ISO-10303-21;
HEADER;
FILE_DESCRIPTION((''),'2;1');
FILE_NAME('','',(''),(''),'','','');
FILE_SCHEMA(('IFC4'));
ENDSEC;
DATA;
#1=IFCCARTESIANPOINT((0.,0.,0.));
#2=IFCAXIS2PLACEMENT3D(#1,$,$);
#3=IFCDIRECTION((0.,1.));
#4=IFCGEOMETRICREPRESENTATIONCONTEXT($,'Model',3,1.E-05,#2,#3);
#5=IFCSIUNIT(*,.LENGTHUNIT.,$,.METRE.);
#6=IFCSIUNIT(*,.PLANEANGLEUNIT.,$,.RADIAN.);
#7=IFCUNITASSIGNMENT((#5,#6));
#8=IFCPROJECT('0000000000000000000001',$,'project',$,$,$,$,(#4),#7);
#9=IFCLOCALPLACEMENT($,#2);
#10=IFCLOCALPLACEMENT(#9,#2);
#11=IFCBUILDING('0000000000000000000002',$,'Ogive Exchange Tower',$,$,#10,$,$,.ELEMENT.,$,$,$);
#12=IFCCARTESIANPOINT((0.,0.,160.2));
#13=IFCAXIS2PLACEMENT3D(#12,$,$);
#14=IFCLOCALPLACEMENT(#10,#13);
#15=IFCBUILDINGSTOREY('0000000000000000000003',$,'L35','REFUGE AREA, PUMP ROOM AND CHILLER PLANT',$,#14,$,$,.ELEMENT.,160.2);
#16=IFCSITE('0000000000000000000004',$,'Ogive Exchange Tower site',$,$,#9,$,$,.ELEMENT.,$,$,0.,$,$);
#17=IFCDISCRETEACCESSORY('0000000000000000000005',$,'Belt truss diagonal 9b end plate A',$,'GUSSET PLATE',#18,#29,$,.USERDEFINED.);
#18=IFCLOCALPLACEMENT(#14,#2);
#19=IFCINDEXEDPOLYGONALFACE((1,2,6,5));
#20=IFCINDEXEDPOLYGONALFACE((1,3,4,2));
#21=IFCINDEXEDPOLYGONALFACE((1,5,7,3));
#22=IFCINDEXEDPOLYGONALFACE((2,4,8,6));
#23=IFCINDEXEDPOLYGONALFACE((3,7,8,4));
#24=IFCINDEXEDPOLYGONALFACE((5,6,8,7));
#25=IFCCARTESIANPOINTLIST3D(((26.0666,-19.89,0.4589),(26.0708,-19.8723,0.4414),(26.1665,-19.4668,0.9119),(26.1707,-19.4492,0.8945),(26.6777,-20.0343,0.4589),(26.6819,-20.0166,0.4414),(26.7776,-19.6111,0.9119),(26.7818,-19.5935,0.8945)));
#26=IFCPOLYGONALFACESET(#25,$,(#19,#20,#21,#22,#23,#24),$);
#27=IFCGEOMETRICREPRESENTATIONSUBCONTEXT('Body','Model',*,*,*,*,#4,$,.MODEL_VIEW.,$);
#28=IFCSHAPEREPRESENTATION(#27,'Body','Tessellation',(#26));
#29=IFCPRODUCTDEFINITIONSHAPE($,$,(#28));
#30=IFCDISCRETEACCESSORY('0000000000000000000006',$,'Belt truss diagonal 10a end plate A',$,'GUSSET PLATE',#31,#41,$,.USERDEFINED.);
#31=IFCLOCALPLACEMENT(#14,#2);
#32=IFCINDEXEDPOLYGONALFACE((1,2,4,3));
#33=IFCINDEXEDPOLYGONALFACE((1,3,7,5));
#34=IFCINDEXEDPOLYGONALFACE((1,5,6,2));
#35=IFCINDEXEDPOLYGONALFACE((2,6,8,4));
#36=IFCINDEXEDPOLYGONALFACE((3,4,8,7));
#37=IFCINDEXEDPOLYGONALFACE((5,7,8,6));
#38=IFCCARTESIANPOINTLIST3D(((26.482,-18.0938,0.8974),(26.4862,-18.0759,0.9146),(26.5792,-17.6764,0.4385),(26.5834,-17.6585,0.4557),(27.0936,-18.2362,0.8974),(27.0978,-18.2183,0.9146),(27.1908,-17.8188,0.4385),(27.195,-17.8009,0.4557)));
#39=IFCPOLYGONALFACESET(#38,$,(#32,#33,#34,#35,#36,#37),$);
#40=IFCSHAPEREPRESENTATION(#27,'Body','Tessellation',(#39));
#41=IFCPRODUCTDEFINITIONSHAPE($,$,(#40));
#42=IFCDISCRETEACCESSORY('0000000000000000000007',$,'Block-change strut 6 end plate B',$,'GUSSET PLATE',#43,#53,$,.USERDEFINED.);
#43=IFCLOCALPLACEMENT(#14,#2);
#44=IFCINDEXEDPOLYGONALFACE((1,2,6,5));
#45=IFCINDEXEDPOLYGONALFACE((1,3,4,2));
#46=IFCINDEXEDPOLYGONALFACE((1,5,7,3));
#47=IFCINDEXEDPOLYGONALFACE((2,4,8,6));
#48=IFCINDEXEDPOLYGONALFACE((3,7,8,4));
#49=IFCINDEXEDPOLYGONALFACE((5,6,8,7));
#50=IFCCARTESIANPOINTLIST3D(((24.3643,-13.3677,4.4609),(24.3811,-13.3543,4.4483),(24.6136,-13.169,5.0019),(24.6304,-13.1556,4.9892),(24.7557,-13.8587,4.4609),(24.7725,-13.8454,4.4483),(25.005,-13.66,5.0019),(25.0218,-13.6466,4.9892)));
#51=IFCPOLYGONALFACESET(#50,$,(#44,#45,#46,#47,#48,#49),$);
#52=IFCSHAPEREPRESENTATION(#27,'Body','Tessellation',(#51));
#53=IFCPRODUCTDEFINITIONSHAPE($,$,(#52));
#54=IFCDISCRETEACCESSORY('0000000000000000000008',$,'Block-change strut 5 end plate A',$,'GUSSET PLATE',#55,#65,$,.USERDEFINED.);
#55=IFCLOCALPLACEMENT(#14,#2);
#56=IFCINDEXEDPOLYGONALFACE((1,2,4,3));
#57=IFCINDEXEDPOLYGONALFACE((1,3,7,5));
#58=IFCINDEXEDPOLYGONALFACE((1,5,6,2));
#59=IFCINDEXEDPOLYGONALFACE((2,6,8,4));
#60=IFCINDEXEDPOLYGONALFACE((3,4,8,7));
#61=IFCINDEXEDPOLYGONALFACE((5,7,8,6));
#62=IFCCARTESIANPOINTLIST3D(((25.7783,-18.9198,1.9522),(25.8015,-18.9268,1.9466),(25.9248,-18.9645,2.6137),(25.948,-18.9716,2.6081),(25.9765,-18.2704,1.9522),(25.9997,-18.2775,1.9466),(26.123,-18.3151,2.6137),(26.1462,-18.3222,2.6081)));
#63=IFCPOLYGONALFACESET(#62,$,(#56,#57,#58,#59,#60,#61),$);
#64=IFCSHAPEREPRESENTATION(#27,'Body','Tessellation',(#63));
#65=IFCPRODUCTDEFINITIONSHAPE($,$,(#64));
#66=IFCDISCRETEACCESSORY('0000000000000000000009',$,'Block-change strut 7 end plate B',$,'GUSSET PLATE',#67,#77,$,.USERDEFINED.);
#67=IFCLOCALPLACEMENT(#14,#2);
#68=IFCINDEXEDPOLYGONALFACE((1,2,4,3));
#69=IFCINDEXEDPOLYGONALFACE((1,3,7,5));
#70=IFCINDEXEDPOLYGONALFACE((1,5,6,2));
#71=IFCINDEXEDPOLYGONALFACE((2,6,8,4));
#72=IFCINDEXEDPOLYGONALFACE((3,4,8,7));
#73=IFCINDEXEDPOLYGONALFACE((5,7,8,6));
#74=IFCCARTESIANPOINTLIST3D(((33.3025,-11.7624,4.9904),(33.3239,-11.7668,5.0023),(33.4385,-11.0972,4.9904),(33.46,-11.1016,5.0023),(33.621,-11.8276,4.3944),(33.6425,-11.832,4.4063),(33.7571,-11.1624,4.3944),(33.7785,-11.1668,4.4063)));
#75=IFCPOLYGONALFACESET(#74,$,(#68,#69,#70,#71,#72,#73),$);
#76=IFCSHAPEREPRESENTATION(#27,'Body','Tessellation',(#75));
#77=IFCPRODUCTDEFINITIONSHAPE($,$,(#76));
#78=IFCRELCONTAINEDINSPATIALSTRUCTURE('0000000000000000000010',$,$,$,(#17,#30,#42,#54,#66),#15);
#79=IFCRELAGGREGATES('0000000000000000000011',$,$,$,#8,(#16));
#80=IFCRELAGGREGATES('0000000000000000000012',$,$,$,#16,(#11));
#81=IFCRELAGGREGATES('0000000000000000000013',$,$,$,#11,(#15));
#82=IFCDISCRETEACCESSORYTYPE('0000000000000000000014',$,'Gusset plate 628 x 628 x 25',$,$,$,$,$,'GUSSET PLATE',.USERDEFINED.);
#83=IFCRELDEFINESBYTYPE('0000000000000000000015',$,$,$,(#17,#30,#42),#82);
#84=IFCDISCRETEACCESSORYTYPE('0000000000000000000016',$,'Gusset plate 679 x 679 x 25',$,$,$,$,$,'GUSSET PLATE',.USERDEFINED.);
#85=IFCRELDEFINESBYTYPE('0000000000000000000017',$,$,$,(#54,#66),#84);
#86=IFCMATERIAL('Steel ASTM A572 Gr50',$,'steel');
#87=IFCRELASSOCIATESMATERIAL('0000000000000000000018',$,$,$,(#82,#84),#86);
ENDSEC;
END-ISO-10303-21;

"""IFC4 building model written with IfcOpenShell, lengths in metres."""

from ifc_helpers import new_model, si_unit, direction, frame, origin, origin_2d, place, context, subcontext, project, spatial, rectangle, extrude, material, material_profile, profile_set, type_object, element, save


model = new_model("IFC4")

# Units and contexts
model_context = context("Model", 3, precision=1e-05, world=origin(), true_north=direction((0.0, 1.0)))
body_context = subcontext(model_context, "Body", "Model", "MODEL_VIEW")
ifc_project = project(units=[si_unit("LENGTHUNIT", "METRE"), si_unit("PLANEANGLEUNIT", "RADIAN")], contexts=[model_context])

# Site, building, storey
site_placement = place(None, origin())
site = spatial("IfcSite", under=ifc_project, at=site_placement, Name="Ogive Exchange Tower site", CompositionType="ELEMENT", RefElevation=0.0)
building_placement = place(site_placement, origin())
building = spatial("IfcBuilding", under=site, at=building_placement, Name="Ogive Exchange Tower", CompositionType="ELEMENT")
storey_placement = place(building_placement, frame((0.0, 0.0, 160.2)))
storey = spatial("IfcBuildingStorey", under=building, at=storey_placement, Name="L35", Description="REFUGE AREA, PUMP ROOM AND CHILLER PLANT", CompositionType="ELEMENT", Elevation=160.2)

# Discrete accessories
ifc_material_1 = material(Name="Steel ASTM A572 Gr50", Category="steel")
ifc_material_profile_1 = material_profile(ifc_material_1, rectangle(XDim=0.6279, YDim=0.6279, at=origin_2d()), Name="PL 628 x 628 x 25")
ifc_profile_set_1 = profile_set([ifc_material_profile_1], Name="Steel ASTM A572 Gr50")
discrete_accessory_type_1 = type_object("IfcDiscreteAccessoryType", Name="Gusset plate 628 x 628 x 25", ElementType="GUSSET PLATE", PredefinedType="USERDEFINED", material=ifc_profile_set_1)
for number, where, z_axis, x_axis, name in (
    (1, (26.4263, -19.7329, 0.668), (-0.165793, -0.70218, 0.692428), (0.97324, -0.229793, 0.0), "Belt truss diagonal 9b end plate A"),
    (2, (26.8364, -17.9563, 0.668), (0.165761, 0.711797, 0.682545), (-0.97394, 0.226808, 0.0), "Belt truss diagonal 10a end plate A"),
):
    element("IfcDiscreteAccessory", number, at=place(storey_placement, frame(where, z_axis=z_axis, x_axis=x_axis)), inside=storey, type_object=discrete_accessory_type_1, Name=name, ObjectType="GUSSET PLATE", PredefinedType="USERDEFINED", context=body_context, shape_type="SweptSolid", body=[
        extrude(rectangle(XDim=0.6279, YDim=0.6279, at=origin_2d()), origin(), (0.0, 0.0, 1.0), 0.0251),
    ])
discrete_accessory_placement = place(storey_placement, frame((24.7014, -13.5005, 4.7188), z_axis=(-0.673692, -0.537001, 0.50771), x_axis=(0.623312, -0.781973, 0.0)))
element("IfcDiscreteAccessory", 3, at=discrete_accessory_placement, inside=storey, type_object=discrete_accessory_type_1, Name="Block-change strut 6 end plate B", ObjectType="GUSSET PLATE", PredefinedType="USERDEFINED", context=body_context, shape_type="SweptSolid", body=[
    extrude(rectangle(XDim=0.6279, YDim=0.6279, at=origin_2d()), origin(), (0.0, 0.0, 1.0), 0.0249),
])
ifc_material_profile_2 = material_profile(ifc_material_1, rectangle(XDim=0.679, YDim=0.679, at=origin_2d()), Name="PL 679 x 679 x 25")
ifc_profile_set_2 = profile_set([ifc_material_profile_2], Name="Steel ASTM A572 Gr50")
discrete_accessory_type_2 = type_object("IfcDiscreteAccessoryType", Name="Gusset plate 679 x 679 x 25", ElementType="GUSSET PLATE", PredefinedType="USERDEFINED", material=ifc_profile_set_2)
for number, where, z_axis, x_axis, name in (
    (4, (25.9739, -18.6245, 2.2773), (-0.931776, 0.284437, 0.225588), (-0.291963, -0.95643, 0.0), "Block-change strut 5 end plate A"),
    (5, (33.5298, -11.4624, 4.6924), (0.860063, -0.175922, 0.478899), (0.200396, 0.979715, 0.0), "Block-change strut 7 end plate B"),
):
    element("IfcDiscreteAccessory", number, at=place(storey_placement, frame(where, z_axis=z_axis, x_axis=x_axis)), inside=storey, type_object=discrete_accessory_type_2, Name=name, ObjectType="GUSSET PLATE", PredefinedType="USERDEFINED", context=body_context, shape_type="SweptSolid", body=[
        extrude(rectangle(XDim=0.679, YDim=0.679, at=origin_2d()), origin(), (0.0, 0.0, 1.0), 0.0249),
    ])

save(model, "model.ifc")
